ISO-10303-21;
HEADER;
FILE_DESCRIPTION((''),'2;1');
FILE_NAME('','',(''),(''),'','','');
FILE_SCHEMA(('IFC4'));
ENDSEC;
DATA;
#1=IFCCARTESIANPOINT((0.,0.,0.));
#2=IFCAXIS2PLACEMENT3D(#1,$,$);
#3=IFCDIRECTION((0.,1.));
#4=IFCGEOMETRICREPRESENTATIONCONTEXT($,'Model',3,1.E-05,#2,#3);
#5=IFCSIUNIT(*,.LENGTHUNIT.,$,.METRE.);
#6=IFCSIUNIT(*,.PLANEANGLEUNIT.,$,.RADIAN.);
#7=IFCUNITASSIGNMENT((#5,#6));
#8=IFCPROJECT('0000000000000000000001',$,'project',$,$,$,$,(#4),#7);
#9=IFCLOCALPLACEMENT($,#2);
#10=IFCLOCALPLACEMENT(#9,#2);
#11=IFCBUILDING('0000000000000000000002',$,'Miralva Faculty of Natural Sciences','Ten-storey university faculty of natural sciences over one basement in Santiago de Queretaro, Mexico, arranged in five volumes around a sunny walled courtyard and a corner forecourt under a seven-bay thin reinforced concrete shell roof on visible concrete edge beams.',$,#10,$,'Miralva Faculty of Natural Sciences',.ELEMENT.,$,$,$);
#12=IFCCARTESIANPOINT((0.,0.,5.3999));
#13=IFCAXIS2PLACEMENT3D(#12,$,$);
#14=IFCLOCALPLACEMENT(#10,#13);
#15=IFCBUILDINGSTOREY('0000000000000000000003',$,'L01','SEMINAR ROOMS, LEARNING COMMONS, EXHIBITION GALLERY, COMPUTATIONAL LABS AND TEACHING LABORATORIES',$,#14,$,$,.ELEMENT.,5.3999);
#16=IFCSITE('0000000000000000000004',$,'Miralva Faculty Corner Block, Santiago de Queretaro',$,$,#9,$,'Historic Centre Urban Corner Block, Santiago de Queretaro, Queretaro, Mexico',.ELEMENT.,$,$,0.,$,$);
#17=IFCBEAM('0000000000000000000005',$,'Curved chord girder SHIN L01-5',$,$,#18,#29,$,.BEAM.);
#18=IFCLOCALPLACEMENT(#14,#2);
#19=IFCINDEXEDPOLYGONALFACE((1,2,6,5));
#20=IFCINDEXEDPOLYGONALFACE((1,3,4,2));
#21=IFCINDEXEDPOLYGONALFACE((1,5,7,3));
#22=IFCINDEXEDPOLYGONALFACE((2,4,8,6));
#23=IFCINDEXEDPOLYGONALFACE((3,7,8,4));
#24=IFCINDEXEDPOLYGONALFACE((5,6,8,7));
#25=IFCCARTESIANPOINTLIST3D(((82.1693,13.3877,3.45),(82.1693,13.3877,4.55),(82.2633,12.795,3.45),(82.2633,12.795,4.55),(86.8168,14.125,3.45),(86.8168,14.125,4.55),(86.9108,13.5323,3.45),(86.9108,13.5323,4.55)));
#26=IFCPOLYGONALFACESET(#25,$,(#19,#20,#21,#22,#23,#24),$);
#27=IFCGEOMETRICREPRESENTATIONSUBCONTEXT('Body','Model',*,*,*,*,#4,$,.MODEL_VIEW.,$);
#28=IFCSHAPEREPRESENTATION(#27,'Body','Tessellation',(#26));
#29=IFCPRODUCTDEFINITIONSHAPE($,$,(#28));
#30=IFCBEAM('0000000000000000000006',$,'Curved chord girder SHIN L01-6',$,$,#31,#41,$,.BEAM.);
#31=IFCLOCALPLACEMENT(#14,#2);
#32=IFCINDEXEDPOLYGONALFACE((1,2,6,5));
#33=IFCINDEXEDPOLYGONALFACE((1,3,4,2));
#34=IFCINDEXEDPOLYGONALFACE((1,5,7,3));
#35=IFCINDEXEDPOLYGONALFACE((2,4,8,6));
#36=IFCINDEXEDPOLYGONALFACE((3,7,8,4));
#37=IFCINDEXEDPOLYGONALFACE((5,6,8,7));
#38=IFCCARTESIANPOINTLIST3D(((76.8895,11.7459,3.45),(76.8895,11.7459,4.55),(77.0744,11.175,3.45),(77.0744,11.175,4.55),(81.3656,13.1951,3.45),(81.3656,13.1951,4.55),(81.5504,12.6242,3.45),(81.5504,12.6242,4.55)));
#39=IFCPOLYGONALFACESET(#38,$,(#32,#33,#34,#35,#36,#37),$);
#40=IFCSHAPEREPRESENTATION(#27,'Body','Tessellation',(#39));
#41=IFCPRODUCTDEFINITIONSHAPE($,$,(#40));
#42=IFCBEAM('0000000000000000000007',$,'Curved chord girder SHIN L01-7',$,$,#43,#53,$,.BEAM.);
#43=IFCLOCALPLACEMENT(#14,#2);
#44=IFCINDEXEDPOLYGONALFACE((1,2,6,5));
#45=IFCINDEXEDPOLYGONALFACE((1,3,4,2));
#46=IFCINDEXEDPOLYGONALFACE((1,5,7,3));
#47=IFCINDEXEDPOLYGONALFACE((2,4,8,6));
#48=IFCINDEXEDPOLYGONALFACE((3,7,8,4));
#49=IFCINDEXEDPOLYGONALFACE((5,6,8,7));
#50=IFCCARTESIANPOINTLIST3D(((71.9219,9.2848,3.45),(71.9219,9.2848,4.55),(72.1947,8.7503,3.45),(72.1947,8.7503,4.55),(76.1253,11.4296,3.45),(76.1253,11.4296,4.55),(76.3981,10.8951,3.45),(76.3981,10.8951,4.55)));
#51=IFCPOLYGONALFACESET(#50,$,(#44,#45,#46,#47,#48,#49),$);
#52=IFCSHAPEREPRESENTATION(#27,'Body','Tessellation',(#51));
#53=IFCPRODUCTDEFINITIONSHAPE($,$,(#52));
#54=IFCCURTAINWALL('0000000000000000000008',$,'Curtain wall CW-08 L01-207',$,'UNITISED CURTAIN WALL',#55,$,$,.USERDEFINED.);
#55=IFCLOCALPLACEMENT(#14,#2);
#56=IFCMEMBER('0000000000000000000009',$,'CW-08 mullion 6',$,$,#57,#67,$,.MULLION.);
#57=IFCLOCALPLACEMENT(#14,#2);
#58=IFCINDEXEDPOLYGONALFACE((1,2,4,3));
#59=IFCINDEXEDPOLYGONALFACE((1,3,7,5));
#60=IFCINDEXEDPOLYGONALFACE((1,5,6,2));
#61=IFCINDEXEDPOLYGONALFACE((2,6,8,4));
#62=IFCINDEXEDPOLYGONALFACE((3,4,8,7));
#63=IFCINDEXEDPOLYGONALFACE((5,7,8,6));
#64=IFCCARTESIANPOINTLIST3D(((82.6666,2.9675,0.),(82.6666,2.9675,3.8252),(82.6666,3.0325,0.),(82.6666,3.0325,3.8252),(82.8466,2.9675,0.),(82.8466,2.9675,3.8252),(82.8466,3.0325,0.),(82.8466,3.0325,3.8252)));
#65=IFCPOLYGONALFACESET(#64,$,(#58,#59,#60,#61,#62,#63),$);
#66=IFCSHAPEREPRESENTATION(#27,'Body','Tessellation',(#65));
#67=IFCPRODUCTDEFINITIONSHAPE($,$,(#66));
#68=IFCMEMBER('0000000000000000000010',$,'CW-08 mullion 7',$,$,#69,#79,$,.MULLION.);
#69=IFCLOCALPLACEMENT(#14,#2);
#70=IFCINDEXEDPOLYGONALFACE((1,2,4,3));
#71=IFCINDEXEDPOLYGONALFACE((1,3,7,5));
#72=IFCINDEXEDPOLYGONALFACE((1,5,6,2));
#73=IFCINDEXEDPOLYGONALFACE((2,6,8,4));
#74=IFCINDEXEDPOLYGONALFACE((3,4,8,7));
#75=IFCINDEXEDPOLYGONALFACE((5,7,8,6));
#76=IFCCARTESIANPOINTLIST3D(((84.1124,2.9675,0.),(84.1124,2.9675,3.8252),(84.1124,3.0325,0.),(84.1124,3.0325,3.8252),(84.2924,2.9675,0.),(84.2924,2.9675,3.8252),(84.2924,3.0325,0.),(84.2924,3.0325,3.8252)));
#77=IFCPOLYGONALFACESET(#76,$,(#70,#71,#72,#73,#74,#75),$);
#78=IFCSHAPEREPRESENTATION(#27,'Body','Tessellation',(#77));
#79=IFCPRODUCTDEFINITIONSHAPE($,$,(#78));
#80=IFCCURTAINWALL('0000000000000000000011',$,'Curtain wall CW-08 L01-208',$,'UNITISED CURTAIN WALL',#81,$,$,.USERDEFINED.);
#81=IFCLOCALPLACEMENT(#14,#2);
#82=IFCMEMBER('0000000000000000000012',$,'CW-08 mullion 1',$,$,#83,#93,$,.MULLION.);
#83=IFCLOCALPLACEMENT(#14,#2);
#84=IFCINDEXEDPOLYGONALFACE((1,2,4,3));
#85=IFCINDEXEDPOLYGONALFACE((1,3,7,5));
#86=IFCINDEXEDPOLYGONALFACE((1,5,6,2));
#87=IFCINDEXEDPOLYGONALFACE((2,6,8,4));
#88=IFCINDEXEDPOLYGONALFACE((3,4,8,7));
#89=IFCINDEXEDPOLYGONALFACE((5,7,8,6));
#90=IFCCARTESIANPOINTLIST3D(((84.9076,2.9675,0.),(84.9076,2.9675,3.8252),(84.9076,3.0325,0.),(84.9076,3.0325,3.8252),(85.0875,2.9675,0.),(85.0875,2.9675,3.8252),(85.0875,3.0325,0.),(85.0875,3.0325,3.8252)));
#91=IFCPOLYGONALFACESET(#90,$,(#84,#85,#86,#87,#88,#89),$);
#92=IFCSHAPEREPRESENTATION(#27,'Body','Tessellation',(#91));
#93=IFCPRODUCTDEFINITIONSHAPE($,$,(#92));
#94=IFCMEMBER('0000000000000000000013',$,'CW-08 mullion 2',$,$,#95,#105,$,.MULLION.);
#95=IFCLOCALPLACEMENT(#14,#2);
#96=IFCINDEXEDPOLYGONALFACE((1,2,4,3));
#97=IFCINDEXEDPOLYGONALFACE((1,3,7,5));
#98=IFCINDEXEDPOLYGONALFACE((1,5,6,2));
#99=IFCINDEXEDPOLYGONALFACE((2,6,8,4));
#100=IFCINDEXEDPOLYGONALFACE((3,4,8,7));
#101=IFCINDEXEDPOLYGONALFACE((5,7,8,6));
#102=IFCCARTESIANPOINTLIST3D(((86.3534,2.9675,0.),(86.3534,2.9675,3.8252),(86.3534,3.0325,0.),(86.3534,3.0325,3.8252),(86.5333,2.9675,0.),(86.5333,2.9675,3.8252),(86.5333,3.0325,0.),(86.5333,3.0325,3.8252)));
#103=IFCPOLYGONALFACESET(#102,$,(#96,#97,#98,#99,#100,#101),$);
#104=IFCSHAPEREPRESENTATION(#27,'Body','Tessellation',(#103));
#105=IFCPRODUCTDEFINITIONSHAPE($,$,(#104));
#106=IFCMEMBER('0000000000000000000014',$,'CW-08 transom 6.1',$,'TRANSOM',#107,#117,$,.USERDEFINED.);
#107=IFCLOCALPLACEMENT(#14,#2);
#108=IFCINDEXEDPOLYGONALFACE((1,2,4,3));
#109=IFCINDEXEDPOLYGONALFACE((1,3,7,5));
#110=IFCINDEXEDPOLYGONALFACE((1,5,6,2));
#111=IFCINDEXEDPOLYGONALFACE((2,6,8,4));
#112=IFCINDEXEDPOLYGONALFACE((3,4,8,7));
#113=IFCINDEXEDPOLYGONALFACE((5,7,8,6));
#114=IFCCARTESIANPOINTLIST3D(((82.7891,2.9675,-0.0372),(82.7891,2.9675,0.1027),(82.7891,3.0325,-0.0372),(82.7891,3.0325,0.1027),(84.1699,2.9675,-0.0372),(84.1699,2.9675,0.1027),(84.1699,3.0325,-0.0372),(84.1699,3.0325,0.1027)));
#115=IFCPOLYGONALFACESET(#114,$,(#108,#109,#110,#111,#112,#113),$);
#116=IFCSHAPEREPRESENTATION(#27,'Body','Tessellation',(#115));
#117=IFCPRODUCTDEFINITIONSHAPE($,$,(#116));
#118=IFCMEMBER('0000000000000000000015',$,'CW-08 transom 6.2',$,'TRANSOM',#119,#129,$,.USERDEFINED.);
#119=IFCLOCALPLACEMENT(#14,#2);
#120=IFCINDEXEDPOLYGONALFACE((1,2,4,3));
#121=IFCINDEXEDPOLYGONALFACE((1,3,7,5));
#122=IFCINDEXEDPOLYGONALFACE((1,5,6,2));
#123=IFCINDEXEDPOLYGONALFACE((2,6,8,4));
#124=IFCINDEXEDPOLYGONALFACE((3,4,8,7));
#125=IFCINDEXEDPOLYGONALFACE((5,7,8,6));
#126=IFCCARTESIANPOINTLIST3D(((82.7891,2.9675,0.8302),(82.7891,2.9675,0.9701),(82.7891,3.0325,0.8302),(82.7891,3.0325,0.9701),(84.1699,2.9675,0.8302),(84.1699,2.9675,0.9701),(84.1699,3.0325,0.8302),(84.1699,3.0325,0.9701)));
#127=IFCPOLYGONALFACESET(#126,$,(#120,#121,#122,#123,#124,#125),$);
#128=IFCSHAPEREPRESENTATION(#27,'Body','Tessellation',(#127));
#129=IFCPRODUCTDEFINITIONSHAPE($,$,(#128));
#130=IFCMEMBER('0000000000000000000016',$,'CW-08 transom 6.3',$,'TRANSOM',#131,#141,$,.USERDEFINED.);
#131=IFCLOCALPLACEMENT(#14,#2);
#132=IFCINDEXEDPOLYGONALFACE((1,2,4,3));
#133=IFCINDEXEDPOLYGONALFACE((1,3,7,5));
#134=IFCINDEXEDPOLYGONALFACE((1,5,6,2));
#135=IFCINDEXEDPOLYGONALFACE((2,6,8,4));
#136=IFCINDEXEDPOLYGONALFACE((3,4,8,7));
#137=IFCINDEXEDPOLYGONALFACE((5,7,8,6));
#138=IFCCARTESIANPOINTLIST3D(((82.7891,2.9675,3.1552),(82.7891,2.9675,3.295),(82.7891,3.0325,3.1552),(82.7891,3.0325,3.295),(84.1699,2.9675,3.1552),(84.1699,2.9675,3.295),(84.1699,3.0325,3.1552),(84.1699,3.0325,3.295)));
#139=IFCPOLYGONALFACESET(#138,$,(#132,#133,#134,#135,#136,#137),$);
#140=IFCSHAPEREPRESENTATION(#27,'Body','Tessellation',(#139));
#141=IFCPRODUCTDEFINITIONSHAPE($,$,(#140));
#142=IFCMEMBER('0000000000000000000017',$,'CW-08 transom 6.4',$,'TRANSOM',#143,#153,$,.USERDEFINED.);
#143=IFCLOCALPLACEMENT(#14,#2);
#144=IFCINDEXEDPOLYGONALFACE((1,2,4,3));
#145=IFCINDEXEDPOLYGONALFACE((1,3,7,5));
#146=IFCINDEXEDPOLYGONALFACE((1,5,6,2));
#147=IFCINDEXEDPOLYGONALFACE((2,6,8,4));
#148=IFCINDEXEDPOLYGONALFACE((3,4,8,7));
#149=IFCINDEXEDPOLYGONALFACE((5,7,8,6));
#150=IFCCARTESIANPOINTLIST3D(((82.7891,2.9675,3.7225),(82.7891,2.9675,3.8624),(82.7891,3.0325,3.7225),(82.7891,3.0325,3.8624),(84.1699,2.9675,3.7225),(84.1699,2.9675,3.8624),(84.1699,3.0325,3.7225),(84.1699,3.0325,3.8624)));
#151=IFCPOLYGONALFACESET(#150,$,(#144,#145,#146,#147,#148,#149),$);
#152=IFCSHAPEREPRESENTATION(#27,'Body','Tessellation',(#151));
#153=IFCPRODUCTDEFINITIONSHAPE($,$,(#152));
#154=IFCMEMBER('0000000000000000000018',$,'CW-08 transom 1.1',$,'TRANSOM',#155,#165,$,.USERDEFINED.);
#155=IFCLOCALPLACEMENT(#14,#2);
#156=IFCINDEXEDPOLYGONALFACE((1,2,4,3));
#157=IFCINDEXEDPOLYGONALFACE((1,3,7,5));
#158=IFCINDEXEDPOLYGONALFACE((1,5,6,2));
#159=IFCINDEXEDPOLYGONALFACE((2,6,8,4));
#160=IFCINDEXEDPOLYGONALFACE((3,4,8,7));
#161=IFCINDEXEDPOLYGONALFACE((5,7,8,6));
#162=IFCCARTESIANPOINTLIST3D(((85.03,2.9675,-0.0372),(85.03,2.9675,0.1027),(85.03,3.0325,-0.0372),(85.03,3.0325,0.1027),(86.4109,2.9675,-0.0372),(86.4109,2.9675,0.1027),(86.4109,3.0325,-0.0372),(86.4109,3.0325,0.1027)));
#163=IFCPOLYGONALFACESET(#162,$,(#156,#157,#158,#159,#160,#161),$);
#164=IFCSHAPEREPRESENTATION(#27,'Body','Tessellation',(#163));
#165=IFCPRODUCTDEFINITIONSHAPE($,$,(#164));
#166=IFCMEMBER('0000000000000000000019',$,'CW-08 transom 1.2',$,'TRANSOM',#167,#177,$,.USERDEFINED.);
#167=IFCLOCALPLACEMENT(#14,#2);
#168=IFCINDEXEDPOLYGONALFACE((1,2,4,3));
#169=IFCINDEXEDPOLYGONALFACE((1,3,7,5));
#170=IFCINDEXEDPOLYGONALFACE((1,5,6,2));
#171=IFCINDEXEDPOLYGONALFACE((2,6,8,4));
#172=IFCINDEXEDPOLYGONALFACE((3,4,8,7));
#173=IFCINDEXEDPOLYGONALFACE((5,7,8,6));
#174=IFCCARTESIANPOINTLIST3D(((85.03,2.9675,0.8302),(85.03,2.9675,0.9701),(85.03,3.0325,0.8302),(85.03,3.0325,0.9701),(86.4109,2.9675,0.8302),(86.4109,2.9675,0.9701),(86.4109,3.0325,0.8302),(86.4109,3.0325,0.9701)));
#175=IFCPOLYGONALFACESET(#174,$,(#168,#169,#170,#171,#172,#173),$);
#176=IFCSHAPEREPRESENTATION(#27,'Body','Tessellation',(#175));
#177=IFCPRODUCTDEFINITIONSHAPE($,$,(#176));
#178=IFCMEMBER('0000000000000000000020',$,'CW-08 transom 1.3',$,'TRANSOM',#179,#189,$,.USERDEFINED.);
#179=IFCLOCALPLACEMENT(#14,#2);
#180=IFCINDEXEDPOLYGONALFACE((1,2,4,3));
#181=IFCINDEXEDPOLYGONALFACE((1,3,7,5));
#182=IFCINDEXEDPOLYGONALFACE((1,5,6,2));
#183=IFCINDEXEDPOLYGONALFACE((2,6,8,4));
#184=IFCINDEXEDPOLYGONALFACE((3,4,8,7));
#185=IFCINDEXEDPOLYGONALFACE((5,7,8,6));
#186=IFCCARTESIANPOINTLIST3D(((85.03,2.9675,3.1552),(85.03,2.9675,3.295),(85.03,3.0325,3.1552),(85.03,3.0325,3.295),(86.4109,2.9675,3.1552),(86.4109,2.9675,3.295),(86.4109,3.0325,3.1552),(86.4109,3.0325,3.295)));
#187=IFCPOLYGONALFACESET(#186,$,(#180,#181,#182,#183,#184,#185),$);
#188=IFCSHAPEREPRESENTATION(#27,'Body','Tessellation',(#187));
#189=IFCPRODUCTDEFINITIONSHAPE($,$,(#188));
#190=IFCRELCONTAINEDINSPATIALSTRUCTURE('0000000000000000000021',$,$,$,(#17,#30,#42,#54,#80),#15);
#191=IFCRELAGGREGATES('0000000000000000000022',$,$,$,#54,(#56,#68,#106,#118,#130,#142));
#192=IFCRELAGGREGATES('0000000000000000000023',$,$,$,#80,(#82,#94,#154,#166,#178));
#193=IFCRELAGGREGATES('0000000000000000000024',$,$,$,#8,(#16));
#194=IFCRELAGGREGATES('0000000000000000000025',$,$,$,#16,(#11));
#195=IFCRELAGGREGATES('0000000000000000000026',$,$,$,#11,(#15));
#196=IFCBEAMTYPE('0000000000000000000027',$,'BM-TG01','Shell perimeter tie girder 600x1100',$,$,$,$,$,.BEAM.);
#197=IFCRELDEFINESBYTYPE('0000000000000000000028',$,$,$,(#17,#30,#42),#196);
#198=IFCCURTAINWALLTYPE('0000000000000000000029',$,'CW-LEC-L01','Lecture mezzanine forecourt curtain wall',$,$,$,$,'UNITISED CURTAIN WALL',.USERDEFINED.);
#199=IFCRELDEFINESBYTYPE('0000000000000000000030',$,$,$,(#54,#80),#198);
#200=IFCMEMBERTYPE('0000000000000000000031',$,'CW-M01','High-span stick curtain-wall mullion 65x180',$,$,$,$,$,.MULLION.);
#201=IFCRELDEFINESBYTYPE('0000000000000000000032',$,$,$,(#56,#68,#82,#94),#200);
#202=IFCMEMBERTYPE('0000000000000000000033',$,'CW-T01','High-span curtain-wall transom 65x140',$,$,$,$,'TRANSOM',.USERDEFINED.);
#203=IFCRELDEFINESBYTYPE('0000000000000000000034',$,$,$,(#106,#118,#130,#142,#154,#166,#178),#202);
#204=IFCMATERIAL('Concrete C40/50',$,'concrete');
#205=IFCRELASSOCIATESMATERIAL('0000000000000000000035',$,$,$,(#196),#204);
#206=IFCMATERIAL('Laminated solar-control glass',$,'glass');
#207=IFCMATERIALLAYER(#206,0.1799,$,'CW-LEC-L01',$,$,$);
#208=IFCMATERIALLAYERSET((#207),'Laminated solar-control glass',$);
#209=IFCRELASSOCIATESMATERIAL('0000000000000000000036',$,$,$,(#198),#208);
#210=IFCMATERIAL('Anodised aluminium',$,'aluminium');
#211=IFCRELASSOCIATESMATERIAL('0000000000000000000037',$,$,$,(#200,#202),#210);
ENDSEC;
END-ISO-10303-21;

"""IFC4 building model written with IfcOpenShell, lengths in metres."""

from ifc_helpers import new_model, si_unit, direction, frame, origin, origin_2d, place, context, subcontext, project, spatial, rectangle, extrude, material, layer, layer_set, material_profile, profile_set, type_object, element, aggregate, save


model = new_model("IFC4")

# Units and contexts
model_context = context("Model", 3, precision=1e-05, world=origin(), true_north=direction((0.0, 1.0)))
body_context = subcontext(model_context, "Body", "Model", "MODEL_VIEW")
ifc_project = project(units=[si_unit("LENGTHUNIT", "METRE"), si_unit("PLANEANGLEUNIT", "RADIAN")], contexts=[model_context])

# Site, building, storey
site_placement = place(None, origin())
site = spatial("IfcSite", under=ifc_project, at=site_placement, Name="Miralva Faculty Corner Block, Santiago de Queretaro", LongName="Historic Centre Urban Corner Block, Santiago de Queretaro, Queretaro, Mexico", CompositionType="ELEMENT", RefElevation=0.0)
building_placement = place(site_placement, origin())
building = spatial("IfcBuilding", under=site, at=building_placement, Name="Miralva Faculty of Natural Sciences", Description="Ten-storey university faculty of natural sciences over one basement in Santiago de Queretaro, Mexico, arranged in five volumes around a sunny walled courtyard and a corner forecourt under a seven-bay thin reinforced concrete shell roof on visible concrete edge beams.", LongName="Miralva Faculty of Natural Sciences", CompositionType="ELEMENT")
storey_placement = place(building_placement, frame((0.0, 0.0, 5.3999)))
storey = spatial("IfcBuildingStorey", under=building, at=storey_placement, Name="L01", Description="SEMINAR ROOMS, LEARNING COMMONS, EXHIBITION GALLERY, COMPUTATIONAL LABS AND TEACHING LABORATORIES", CompositionType="ELEMENT", Elevation=5.3999)

# Shared definitions
ifc_material_1 = material(Name="Concrete C40/50", Category="concrete")

# Beams
ifc_material_profile_1 = material_profile(ifc_material_1, rectangle(XDim=0.6001, YDim=1.1001, at=origin_2d()), Name="RC 600x1100")
ifc_profile_set_1 = profile_set([ifc_material_profile_1], Name="Concrete C40/50")
beam_type_1 = type_object("IfcBeamType", Name="BM-TG01", Description="Shell perimeter tie girder 600x1100", PredefinedType="BEAM", material=ifc_profile_set_1)
beam_1_placement = place(storey_placement, frame((86.8638, 13.8286, 4.0), z_axis=(-0.987648, -0.156687, 0.0), x_axis=(0.156687, -0.987648, 0.0)))
element("IfcBeam", 1, at=beam_1_placement, inside=storey, type_object=beam_type_1, Name="Curved chord girder SHIN L01-5", PredefinedType="BEAM", context=body_context, shape_type="SweptSolid", body=[
    extrude(rectangle(XDim=0.6001, YDim=1.1001, at=origin_2d()), origin(), (0.0, 0.0, 1.0), 4.7056),
])
beam_2_placement = place(storey_placement, frame((81.458, 12.9097, 4.0), z_axis=(-0.951377, -0.308028, 0.0), x_axis=(0.308028, -0.951377, 0.0)))
element("IfcBeam", 2, at=beam_2_placement, inside=storey, type_object=beam_type_1, Name="Curved chord girder SHIN L01-6", PredefinedType="BEAM", context=body_context, shape_type="SweptSolid", body=[
    extrude(rectangle(XDim=0.6001, YDim=1.1001, at=origin_2d()), origin(), (0.0, 0.0, 1.0), 4.7048),
])
beam_3_placement = place(storey_placement, frame((76.2617, 11.1624, 4.0), z_axis=(-0.890745, -0.454504, 0.0), x_axis=(0.454504, -0.890745, 0.0)))
element("IfcBeam", 3, at=beam_3_placement, inside=storey, type_object=beam_type_1, Name="Curved chord girder SHIN L01-7", PredefinedType="BEAM", context=body_context, shape_type="SweptSolid", body=[
    extrude(rectangle(XDim=0.6001, YDim=1.1001, at=origin_2d()), origin(), (0.0, 0.0, 1.0), 4.719),
])

# Curtain walls, members
ifc_material_2 = material(Name="Laminated solar-control glass", Category="glass")
ifc_layer_1 = layer(ifc_material_2, 0.1799, Name="CW-LEC-L01")
ifc_layer_set_1 = layer_set([ifc_layer_1], Name="Laminated solar-control glass")
curtain_wall_type = type_object("IfcCurtainWallType", Name="CW-LEC-L01", Description="Lecture mezzanine forecourt curtain wall", ElementType="UNITISED CURTAIN WALL", PredefinedType="USERDEFINED", material=ifc_layer_set_1)
curtain_wall_1_placement = place(storey_placement, origin())
curtain_wall_1 = element("IfcCurtainWall", 4, at=curtain_wall_1_placement, inside=storey, type_object=curtain_wall_type, Name="Curtain wall CW-08 L01-207", ObjectType="UNITISED CURTAIN WALL", PredefinedType="USERDEFINED")
ifc_material_3 = material(Name="Anodised aluminium", Category="aluminium")
ifc_material_profile_2 = material_profile(ifc_material_3, rectangle(XDim=0.0649, YDim=0.1799, at=origin_2d()), Name="MULLION 65x180")
ifc_profile_set_2 = profile_set([ifc_material_profile_2], Name="Anodised aluminium")
member_type_1 = type_object("IfcMemberType", Name="CW-M01", Description="High-span stick curtain-wall mullion 65x180", PredefinedType="MULLION", material=ifc_profile_set_2)
member_1_placement = place(storey_placement, frame((82.7566, 3.0, 0.0), z_axis=(0.0, 0.0, 1.0), x_axis=(0.0, 1.0, 0.0)))
member_1 = element("IfcMember", 5, at=member_1_placement, type_object=member_type_1, Name="CW-08 mullion 6", PredefinedType="MULLION", context=body_context, shape_type="SweptSolid", body=[
    extrude(rectangle(XDim=0.0649, YDim=0.1799, at=origin_2d()), origin(), (0.0, 0.0, 1.0), 3.8252),
])
member_2_placement = place(storey_placement, frame((84.2024, 3.0, 0.0), z_axis=(0.0, 0.0, 1.0), x_axis=(0.0, 1.0, 0.0)))
member_2 = element("IfcMember", 6, at=member_2_placement, type_object=member_type_1, Name="CW-08 mullion 7", PredefinedType="MULLION", context=body_context, shape_type="SweptSolid", body=[
    extrude(rectangle(XDim=0.0649, YDim=0.1799, at=origin_2d()), origin(), (0.0, 0.0, 1.0), 3.8252),
])
curtain_wall_2_placement = place(storey_placement, origin())
curtain_wall_2 = element("IfcCurtainWall", 7, at=curtain_wall_2_placement, inside=storey, type_object=curtain_wall_type, Name="Curtain wall CW-08 L01-208", ObjectType="UNITISED CURTAIN WALL", PredefinedType="USERDEFINED")
member_3_placement = place(storey_placement, frame((84.9976, 3.0, 0.0), z_axis=(0.0, 0.0, 1.0), x_axis=(0.0, 1.0, 0.0)))
member_3 = element("IfcMember", 8, at=member_3_placement, type_object=member_type_1, Name="CW-08 mullion 1", PredefinedType="MULLION", context=body_context, shape_type="SweptSolid", body=[
    extrude(rectangle(XDim=0.0649, YDim=0.1799, at=origin_2d()), origin(), (0.0, 0.0, 1.0), 3.8252),
])
member_4_placement = place(storey_placement, frame((86.4434, 3.0, 0.0), z_axis=(0.0, 0.0, 1.0), x_axis=(0.0, 1.0, 0.0)))
member_4 = element("IfcMember", 9, at=member_4_placement, type_object=member_type_1, Name="CW-08 mullion 2", PredefinedType="MULLION", context=body_context, shape_type="SweptSolid", body=[
    extrude(rectangle(XDim=0.0649, YDim=0.1799, at=origin_2d()), origin(), (0.0, 0.0, 1.0), 3.8252),
])

# Members
ifc_material_profile_3 = material_profile(ifc_material_3, rectangle(XDim=0.0649, YDim=0.1399, at=origin_2d()), Name="TRANSOM 65x140")
ifc_profile_set_3 = profile_set([ifc_material_profile_3], Name="Anodised aluminium")
member_type_2 = type_object("IfcMemberType", Name="CW-T01", Description="High-span curtain-wall transom 65x140", ElementType="TRANSOM", PredefinedType="USERDEFINED", material=ifc_profile_set_3)
member_5_placement = place(storey_placement, frame((82.7891, 3.0, 0.0327), z_axis=(1.0, 0.0, 0.0), x_axis=(0.0, 1.0, 0.0)))
member_5 = element("IfcMember", 10, at=member_5_placement, type_object=member_type_2, Name="CW-08 transom 6.1", ObjectType="TRANSOM", PredefinedType="USERDEFINED", context=body_context, shape_type="SweptSolid", body=[
    extrude(rectangle(XDim=0.0649, YDim=0.1399, at=origin_2d()), origin(), (0.0, 0.0, 1.0), 1.3809),
])
member_6_placement = place(storey_placement, frame((82.7891, 3.0, 0.9001), z_axis=(1.0, 0.0, 0.0), x_axis=(0.0, 1.0, 0.0)))
member_6 = element("IfcMember", 11, at=member_6_placement, type_object=member_type_2, Name="CW-08 transom 6.2", ObjectType="TRANSOM", PredefinedType="USERDEFINED", context=body_context, shape_type="SweptSolid", body=[
    extrude(rectangle(XDim=0.0649, YDim=0.1399, at=origin_2d()), origin(), (0.0, 0.0, 1.0), 1.3809),
])
member_7_placement = place(storey_placement, frame((82.7891, 3.0, 3.2251), z_axis=(1.0, 0.0, 0.0), x_axis=(0.0, 1.0, 0.0)))
member_7 = element("IfcMember", 12, at=member_7_placement, type_object=member_type_2, Name="CW-08 transom 6.3", ObjectType="TRANSOM", PredefinedType="USERDEFINED", context=body_context, shape_type="SweptSolid", body=[
    extrude(rectangle(XDim=0.0649, YDim=0.1399, at=origin_2d()), origin(), (0.0, 0.0, 1.0), 1.3809),
])
member_8_placement = place(storey_placement, frame((82.7891, 3.0, 3.7925), z_axis=(1.0, 0.0, 0.0), x_axis=(0.0, 1.0, 0.0)))
member_8 = element("IfcMember", 13, at=member_8_placement, type_object=member_type_2, Name="CW-08 transom 6.4", ObjectType="TRANSOM", PredefinedType="USERDEFINED", context=body_context, shape_type="SweptSolid", body=[
    extrude(rectangle(XDim=0.0649, YDim=0.1399, at=origin_2d()), origin(), (0.0, 0.0, 1.0), 1.3809),
])
member_9_placement = place(storey_placement, frame((85.03, 3.0, 0.0327), z_axis=(1.0, 0.0, 0.0), x_axis=(0.0, 1.0, 0.0)))
member_9 = element("IfcMember", 14, at=member_9_placement, type_object=member_type_2, Name="CW-08 transom 1.1", ObjectType="TRANSOM", PredefinedType="USERDEFINED", context=body_context, shape_type="SweptSolid", body=[
    extrude(rectangle(XDim=0.0649, YDim=0.1399, at=origin_2d()), origin(), (0.0, 0.0, 1.0), 1.3809),
])
member_10_placement = place(storey_placement, frame((85.03, 3.0, 0.9001), z_axis=(1.0, 0.0, 0.0), x_axis=(0.0, 1.0, 0.0)))
member_10 = element("IfcMember", 15, at=member_10_placement, type_object=member_type_2, Name="CW-08 transom 1.2", ObjectType="TRANSOM", PredefinedType="USERDEFINED", context=body_context, shape_type="SweptSolid", body=[
    extrude(rectangle(XDim=0.0649, YDim=0.1399, at=origin_2d()), origin(), (0.0, 0.0, 1.0), 1.3809),
])
member_11_placement = place(storey_placement, frame((85.03, 3.0, 3.2251), z_axis=(1.0, 0.0, 0.0), x_axis=(0.0, 1.0, 0.0)))
member_11 = element("IfcMember", 16, at=member_11_placement, type_object=member_type_2, Name="CW-08 transom 1.3", ObjectType="TRANSOM", PredefinedType="USERDEFINED", context=body_context, shape_type="SweptSolid", body=[
    extrude(rectangle(XDim=0.0649, YDim=0.1399, at=origin_2d()), origin(), (0.0, 0.0, 1.0), 1.3809),
])

aggregate(curtain_wall_1, [member_1, member_2, member_5, member_6, member_7, member_8])
aggregate(curtain_wall_2, [member_3, member_4, member_9, member_10, member_11])

save(model, "model.ifc")
